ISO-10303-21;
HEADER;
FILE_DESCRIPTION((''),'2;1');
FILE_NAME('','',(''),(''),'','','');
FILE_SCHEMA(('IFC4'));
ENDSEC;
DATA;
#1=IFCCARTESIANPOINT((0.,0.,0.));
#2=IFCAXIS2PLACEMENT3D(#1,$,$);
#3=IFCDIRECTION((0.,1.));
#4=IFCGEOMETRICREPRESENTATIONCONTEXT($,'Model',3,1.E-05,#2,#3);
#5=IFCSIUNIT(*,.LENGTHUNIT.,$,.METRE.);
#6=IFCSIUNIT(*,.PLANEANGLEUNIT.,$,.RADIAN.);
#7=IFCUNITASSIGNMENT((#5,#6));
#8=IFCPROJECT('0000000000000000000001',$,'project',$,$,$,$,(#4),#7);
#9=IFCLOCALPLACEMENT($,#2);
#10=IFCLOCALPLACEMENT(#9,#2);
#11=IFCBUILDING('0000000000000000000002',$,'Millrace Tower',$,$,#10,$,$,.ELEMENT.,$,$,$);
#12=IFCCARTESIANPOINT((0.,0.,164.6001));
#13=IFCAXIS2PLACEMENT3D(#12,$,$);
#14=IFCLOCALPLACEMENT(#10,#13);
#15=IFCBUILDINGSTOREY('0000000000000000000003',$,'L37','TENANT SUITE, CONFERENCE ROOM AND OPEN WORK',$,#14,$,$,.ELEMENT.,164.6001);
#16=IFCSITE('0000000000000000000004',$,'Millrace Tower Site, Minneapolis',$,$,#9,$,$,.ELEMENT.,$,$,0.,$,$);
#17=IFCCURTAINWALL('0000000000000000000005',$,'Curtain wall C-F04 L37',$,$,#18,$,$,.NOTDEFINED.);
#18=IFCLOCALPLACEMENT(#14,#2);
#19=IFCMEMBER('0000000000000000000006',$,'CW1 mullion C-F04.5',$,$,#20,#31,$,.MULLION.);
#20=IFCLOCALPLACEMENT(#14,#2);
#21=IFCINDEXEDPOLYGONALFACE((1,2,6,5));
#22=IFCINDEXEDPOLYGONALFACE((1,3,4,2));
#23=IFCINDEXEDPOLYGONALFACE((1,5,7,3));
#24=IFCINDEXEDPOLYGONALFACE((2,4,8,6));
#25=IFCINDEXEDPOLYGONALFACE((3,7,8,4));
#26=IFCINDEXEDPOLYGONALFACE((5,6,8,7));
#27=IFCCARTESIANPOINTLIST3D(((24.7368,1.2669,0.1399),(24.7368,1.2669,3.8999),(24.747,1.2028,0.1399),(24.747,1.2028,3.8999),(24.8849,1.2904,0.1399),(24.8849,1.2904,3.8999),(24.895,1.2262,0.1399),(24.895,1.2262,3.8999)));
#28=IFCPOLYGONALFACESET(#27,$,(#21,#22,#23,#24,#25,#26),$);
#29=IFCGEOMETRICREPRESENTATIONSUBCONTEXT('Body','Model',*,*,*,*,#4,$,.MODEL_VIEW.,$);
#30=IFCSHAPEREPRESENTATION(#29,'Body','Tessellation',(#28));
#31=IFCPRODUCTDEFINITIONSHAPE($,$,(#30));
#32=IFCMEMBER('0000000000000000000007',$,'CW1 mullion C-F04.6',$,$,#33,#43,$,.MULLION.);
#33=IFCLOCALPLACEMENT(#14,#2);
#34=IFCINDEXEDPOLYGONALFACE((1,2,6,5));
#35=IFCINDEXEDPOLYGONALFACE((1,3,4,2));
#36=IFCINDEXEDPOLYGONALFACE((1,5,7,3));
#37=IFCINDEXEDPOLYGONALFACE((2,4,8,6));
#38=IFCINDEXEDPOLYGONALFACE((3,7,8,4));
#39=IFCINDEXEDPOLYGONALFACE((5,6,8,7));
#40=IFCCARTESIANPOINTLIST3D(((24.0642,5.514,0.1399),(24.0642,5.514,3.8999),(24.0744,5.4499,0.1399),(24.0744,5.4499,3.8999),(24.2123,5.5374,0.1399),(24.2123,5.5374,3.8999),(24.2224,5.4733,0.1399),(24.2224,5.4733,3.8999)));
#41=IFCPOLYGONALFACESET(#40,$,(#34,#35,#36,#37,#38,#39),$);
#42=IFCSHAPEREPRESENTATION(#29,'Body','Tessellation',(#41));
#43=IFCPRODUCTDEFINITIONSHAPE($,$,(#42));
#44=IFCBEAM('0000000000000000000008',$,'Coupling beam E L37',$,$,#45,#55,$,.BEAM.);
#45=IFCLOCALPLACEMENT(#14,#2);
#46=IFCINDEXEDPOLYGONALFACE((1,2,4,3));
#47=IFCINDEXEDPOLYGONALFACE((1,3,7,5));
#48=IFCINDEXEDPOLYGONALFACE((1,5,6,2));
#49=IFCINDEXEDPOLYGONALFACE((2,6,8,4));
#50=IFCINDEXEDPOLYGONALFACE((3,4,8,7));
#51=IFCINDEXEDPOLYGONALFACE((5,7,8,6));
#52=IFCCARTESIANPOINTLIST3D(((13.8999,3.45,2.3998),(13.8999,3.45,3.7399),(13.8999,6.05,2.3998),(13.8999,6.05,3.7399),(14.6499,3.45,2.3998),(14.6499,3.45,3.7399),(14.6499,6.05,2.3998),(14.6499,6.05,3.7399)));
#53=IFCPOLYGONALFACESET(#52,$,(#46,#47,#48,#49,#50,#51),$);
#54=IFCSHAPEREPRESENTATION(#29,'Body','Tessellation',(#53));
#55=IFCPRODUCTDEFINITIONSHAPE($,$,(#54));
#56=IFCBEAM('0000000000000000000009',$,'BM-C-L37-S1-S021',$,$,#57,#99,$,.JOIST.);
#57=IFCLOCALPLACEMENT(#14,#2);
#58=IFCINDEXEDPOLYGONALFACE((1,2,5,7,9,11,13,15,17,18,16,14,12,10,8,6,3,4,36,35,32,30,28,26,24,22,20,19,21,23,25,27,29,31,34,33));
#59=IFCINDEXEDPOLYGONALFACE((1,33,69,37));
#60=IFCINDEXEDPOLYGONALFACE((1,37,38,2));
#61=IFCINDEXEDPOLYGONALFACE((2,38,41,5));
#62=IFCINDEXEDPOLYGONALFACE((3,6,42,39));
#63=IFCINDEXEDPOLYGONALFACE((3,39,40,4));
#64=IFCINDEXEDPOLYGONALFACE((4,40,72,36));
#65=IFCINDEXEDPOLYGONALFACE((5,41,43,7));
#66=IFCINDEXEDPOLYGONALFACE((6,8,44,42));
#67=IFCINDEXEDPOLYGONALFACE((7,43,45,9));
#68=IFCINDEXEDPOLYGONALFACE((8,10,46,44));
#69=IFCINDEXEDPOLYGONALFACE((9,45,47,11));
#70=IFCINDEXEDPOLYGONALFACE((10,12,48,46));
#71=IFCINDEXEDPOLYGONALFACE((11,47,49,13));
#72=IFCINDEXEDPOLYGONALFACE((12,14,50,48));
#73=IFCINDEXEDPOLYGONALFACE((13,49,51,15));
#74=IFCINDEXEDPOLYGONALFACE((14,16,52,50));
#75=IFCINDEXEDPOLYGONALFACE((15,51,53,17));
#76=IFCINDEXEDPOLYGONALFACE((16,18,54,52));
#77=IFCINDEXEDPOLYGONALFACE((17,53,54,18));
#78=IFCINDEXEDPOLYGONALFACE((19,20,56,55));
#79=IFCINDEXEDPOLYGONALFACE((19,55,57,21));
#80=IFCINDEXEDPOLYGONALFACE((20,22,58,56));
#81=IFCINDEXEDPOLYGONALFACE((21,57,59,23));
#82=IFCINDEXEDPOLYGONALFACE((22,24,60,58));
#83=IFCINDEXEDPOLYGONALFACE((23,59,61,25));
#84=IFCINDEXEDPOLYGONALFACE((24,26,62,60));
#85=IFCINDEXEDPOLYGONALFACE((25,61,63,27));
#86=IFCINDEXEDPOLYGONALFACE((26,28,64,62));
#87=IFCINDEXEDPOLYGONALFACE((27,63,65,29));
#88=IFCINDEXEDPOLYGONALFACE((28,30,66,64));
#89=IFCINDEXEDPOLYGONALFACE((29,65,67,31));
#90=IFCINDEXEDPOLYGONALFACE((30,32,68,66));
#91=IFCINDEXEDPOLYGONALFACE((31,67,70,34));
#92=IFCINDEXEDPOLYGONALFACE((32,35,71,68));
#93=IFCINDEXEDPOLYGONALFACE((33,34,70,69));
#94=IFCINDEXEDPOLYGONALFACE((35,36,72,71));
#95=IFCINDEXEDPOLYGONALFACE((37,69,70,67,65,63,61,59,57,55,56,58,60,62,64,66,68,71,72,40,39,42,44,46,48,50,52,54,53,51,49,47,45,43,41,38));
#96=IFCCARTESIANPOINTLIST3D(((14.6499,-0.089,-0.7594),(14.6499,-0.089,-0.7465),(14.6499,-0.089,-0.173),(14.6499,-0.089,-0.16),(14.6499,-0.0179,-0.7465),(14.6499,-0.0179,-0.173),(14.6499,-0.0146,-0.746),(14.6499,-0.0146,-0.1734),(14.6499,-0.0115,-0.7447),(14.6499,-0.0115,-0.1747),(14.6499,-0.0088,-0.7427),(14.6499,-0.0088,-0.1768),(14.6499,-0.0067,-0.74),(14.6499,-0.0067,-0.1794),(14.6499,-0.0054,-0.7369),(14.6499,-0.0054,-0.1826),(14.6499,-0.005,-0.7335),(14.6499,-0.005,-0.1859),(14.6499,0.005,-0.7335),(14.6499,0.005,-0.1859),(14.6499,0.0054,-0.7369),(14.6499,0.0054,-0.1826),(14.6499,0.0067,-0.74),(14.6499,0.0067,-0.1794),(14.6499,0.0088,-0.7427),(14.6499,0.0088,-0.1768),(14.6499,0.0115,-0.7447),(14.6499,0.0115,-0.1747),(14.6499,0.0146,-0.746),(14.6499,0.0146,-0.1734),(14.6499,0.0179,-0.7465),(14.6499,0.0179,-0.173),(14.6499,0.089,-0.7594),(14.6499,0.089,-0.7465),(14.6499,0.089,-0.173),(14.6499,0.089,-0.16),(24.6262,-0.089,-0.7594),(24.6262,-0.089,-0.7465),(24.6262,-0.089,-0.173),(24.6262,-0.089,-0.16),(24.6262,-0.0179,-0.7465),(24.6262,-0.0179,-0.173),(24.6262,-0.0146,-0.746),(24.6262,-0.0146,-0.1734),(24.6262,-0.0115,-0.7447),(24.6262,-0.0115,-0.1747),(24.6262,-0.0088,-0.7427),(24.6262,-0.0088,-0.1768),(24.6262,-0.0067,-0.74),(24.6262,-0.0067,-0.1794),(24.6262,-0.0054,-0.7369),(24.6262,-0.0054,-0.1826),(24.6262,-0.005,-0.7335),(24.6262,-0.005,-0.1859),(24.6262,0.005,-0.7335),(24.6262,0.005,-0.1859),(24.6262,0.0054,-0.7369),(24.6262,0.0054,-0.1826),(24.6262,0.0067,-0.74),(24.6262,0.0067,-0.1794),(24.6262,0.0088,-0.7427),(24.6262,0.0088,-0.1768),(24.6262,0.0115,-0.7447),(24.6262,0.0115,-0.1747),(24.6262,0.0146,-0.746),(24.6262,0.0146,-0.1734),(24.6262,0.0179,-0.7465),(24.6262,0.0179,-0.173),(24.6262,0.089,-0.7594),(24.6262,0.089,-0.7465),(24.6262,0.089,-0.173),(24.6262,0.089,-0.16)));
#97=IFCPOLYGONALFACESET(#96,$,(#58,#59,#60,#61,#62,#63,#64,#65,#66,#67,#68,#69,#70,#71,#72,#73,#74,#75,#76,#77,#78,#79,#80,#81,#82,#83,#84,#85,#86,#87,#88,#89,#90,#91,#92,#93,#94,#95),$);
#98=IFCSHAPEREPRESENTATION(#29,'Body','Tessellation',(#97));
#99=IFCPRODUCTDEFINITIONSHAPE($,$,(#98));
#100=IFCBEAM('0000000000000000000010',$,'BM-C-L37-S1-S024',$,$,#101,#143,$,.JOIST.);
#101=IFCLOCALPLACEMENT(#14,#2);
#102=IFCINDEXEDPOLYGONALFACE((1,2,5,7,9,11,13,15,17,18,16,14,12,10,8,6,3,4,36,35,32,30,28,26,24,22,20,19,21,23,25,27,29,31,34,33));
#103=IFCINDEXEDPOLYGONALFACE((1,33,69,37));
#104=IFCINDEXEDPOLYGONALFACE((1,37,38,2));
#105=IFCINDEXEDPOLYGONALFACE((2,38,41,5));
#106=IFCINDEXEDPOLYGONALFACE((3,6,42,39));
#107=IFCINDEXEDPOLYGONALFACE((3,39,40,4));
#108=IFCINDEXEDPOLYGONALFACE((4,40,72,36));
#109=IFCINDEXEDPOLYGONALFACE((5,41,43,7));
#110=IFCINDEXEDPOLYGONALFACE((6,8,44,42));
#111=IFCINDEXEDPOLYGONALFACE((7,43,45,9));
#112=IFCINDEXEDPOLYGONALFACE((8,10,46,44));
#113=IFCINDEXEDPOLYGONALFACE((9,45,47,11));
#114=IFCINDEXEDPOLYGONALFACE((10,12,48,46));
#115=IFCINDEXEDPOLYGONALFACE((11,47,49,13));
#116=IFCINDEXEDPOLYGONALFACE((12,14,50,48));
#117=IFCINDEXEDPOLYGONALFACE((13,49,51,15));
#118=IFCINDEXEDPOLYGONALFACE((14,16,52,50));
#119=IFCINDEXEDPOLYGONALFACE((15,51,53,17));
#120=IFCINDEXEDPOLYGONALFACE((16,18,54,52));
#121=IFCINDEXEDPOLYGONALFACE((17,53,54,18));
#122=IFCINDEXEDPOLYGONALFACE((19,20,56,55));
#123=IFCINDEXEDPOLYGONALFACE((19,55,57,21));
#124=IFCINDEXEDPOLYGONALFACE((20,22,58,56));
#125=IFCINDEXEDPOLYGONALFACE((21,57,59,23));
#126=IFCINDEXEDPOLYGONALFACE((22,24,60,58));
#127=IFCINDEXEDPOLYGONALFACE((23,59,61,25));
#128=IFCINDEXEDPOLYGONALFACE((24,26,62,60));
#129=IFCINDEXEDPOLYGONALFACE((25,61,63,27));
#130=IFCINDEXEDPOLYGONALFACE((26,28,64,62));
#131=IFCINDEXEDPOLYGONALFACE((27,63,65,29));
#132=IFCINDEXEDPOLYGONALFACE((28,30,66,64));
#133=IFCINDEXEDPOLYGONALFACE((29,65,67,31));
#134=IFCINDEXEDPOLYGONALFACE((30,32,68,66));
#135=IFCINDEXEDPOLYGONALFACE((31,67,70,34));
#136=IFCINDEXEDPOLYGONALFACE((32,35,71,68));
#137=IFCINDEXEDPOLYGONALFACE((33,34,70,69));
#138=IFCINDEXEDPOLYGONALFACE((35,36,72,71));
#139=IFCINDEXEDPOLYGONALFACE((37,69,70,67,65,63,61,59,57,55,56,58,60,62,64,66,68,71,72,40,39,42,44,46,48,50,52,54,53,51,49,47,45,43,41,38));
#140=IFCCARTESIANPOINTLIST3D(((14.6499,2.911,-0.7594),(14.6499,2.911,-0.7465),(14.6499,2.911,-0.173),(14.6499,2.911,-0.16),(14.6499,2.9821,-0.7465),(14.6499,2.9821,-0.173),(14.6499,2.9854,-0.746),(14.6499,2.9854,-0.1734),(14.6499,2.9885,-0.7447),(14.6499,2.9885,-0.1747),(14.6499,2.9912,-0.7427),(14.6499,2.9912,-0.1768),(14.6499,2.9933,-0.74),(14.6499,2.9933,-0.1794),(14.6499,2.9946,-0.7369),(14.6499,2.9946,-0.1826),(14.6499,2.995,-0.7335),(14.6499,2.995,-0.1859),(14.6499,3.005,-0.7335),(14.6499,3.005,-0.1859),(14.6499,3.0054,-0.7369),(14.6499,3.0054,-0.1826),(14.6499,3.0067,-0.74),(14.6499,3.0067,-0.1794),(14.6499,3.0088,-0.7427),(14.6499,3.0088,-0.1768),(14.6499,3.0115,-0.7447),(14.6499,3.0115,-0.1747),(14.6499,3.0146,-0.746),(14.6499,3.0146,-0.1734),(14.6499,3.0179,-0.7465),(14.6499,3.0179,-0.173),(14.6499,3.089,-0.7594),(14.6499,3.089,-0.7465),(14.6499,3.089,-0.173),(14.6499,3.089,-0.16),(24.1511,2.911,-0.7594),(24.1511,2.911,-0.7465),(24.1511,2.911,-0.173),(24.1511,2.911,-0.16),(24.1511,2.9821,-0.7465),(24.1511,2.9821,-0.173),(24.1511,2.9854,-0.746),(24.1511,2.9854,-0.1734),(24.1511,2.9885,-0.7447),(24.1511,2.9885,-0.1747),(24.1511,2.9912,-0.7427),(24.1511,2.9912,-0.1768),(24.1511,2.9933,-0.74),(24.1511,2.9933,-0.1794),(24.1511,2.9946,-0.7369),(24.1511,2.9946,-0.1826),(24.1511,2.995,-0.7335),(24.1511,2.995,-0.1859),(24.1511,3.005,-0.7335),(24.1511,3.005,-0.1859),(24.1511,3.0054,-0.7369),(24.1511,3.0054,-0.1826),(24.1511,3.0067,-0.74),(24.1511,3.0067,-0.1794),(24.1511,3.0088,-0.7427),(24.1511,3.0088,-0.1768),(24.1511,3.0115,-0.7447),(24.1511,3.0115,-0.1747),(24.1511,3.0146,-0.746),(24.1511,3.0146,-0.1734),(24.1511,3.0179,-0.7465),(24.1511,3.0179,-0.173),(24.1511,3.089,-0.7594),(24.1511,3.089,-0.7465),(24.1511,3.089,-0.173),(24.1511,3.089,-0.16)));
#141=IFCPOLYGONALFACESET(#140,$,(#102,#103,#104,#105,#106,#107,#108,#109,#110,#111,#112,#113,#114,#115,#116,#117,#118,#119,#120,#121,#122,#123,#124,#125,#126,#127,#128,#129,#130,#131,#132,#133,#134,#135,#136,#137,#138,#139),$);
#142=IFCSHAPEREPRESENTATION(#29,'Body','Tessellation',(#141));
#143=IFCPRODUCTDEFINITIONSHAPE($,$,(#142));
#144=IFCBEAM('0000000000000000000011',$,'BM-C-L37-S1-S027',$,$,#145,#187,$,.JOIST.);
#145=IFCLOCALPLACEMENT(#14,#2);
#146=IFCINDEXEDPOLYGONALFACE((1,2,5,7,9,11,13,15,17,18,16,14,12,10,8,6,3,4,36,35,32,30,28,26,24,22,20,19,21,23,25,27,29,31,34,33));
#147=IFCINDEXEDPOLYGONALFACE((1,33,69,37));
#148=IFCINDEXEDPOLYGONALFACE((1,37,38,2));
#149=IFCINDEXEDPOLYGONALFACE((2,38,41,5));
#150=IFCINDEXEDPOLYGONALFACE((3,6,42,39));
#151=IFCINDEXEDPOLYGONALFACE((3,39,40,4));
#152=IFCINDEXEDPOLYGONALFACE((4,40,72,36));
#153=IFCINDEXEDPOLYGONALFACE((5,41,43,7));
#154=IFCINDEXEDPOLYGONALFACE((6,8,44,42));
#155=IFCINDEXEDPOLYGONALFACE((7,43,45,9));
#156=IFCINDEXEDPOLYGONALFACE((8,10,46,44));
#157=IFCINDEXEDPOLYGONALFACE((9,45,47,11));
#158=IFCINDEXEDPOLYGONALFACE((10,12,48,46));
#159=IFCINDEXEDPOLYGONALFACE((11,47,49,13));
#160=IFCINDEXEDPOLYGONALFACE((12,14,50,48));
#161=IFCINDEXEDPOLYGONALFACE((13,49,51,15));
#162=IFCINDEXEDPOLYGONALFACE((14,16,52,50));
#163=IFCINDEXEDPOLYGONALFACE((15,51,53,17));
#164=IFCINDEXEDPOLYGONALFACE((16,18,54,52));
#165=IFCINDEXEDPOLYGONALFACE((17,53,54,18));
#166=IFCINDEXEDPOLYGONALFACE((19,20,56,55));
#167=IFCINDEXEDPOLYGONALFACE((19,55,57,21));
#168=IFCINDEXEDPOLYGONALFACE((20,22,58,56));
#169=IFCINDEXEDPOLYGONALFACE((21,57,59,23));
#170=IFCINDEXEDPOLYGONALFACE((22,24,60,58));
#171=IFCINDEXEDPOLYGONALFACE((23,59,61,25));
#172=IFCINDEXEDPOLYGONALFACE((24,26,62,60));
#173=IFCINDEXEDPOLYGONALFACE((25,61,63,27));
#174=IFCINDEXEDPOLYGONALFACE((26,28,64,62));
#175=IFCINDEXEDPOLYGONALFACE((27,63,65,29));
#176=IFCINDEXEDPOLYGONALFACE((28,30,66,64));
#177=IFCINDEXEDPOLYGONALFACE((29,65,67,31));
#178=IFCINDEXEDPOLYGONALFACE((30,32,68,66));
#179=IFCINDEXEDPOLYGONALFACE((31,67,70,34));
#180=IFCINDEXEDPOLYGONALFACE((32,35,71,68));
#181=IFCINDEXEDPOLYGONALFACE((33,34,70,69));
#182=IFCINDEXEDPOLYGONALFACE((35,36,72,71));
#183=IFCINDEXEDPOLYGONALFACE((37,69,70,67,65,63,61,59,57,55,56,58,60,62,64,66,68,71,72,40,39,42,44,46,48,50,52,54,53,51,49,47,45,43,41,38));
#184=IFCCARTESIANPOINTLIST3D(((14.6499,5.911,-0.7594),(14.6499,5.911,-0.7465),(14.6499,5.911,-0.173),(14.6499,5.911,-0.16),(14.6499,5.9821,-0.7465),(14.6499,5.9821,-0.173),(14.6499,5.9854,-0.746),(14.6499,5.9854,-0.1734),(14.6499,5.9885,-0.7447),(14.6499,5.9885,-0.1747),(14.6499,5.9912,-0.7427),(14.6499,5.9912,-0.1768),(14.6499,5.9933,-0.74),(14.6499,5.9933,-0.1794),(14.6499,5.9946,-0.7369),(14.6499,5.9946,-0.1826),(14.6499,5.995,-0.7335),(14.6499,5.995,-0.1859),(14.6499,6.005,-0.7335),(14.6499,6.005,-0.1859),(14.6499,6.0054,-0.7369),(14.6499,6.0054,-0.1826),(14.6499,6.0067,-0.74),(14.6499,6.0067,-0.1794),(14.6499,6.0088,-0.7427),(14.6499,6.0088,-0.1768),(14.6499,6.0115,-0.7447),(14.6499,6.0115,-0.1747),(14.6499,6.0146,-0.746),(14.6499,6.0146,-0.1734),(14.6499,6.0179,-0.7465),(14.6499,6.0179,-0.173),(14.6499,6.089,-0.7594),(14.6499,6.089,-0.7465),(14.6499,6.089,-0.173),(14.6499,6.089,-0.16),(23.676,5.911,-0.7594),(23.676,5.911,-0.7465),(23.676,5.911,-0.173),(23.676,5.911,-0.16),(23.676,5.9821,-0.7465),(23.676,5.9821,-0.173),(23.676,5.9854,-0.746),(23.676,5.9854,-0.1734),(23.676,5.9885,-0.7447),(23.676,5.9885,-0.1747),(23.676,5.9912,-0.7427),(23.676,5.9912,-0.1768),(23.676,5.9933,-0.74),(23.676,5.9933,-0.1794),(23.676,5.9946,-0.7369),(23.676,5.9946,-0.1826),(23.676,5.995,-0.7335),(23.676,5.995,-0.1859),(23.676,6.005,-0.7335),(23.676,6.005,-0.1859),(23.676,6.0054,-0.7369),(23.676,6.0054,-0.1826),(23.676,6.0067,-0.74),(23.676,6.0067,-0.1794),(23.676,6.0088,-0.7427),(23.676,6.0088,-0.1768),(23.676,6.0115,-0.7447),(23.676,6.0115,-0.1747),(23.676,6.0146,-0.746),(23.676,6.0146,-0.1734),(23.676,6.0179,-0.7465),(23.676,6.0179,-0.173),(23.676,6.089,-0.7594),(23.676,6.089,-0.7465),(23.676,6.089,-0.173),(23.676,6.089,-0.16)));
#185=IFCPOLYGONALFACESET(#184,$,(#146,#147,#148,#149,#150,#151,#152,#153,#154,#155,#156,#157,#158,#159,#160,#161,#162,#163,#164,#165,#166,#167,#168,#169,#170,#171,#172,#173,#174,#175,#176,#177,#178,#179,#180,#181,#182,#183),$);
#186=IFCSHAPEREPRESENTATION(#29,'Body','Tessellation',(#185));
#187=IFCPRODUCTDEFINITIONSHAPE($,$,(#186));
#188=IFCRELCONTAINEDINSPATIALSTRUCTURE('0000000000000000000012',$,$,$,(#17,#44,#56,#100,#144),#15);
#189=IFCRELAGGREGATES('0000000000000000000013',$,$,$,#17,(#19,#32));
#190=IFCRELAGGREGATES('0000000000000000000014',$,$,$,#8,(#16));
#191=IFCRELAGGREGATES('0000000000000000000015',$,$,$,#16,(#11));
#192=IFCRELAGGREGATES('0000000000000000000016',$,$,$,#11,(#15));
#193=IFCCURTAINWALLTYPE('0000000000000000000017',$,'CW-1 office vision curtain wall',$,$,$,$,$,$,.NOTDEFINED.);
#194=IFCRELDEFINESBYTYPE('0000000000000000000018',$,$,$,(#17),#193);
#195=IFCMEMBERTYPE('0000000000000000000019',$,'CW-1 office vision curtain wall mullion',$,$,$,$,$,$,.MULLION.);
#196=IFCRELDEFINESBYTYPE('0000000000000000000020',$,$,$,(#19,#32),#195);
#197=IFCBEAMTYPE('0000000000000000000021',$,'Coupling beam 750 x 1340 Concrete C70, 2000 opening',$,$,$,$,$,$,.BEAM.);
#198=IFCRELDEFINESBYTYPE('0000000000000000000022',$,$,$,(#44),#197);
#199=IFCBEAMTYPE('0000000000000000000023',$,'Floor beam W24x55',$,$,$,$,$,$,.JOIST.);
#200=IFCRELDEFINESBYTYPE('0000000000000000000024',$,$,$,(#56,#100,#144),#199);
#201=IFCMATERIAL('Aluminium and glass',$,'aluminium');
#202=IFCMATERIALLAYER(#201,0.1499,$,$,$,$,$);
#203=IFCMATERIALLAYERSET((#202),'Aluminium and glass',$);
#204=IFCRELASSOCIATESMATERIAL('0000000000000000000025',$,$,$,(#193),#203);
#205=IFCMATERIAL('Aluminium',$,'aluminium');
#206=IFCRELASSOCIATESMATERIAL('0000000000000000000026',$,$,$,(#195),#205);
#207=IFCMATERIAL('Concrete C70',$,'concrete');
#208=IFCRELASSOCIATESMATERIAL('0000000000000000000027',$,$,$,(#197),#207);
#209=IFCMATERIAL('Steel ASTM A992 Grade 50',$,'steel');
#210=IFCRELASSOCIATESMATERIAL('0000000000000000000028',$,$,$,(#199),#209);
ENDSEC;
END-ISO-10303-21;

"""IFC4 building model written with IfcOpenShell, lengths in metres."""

from ifc_helpers import new_model, si_unit, direction, frame, origin, origin_2d, place, context, subcontext, project, spatial, rectangle, i_section, extrude, material, layer, layer_set, material_profile, profile_set, type_object, element, aggregate, save


model = new_model("IFC4")

# Units and contexts
model_context = context("Model", 3, precision=1e-05, world=origin(), true_north=direction((0.0, 1.0)))
body_context = subcontext(model_context, "Body", "Model", "MODEL_VIEW")
ifc_project = project(units=[si_unit("LENGTHUNIT", "METRE"), si_unit("PLANEANGLEUNIT", "RADIAN")], contexts=[model_context])

# Site, building, storey
site_placement = place(None, origin())
site = spatial("IfcSite", under=ifc_project, at=site_placement, Name="Millrace Tower Site, Minneapolis", CompositionType="ELEMENT", RefElevation=0.0)
building_placement = place(site_placement, origin())
building = spatial("IfcBuilding", under=site, at=building_placement, Name="Millrace Tower", CompositionType="ELEMENT")
storey_placement = place(building_placement, frame((0.0, 0.0, 164.6001)))
storey = spatial("IfcBuildingStorey", under=building, at=storey_placement, Name="L37", Description="TENANT SUITE, CONFERENCE ROOM AND OPEN WORK", CompositionType="ELEMENT", Elevation=164.6001)

# Curtain wall, members
ifc_material_1 = material(Name="Aluminium and glass", Category="aluminium")
ifc_layer_1 = layer(ifc_material_1, 0.1499)
ifc_layer_set_1 = layer_set([ifc_layer_1], Name="Aluminium and glass")
curtain_wall_type = type_object("IfcCurtainWallType", Name="CW-1 office vision curtain wall", PredefinedType="NOTDEFINED", material=ifc_layer_set_1)
curtain_wall_placement = place(storey_placement, origin())
curtain_wall = element("IfcCurtainWall", 1, at=curtain_wall_placement, inside=storey, type_object=curtain_wall_type, Name="Curtain wall C-F04 L37", PredefinedType="NOTDEFINED")
ifc_material_2 = material(Name="Aluminium", Category="aluminium")
ifc_material_profile_1 = material_profile(ifc_material_2, rectangle(XDim=0.0649, YDim=0.1499, at=origin_2d()))
ifc_profile_set_1 = profile_set([ifc_material_profile_1], Name="Aluminium")
member_type = type_object("IfcMemberType", Name="CW-1 office vision curtain wall mullion", PredefinedType="MULLION", material=ifc_profile_set_1)
member_1_placement = place(storey_placement, frame((24.8159, 1.2466, 0.1399), z_axis=(0.0, 0.0, 1.0), x_axis=(-0.156434, 0.987688, 0.0)))
member_1 = element("IfcMember", 2, at=member_1_placement, type_object=member_type, Name="CW1 mullion C-F04.5", PredefinedType="MULLION", context=body_context, shape_type="SweptSolid", body=[
    extrude(rectangle(XDim=0.0649, YDim=0.1499, at=origin_2d()), origin(), (0.0, 0.0, 1.0), 3.76),
])
member_2_placement = place(storey_placement, frame((24.1433, 5.4937, 0.1399), z_axis=(0.0, 0.0, 1.0), x_axis=(-0.156434, 0.987688, 0.0)))
member_2 = element("IfcMember", 3, at=member_2_placement, type_object=member_type, Name="CW1 mullion C-F04.6", PredefinedType="MULLION", context=body_context, shape_type="SweptSolid", body=[
    extrude(rectangle(XDim=0.0649, YDim=0.1499, at=origin_2d()), origin(), (0.0, 0.0, 1.0), 3.76),
])
aggregate(curtain_wall, [member_1, member_2])

# Beams
ifc_material_3 = material(Name="Concrete C70", Category="concrete")
ifc_material_profile_2 = material_profile(ifc_material_3, rectangle(XDim=0.75, YDim=1.3401, at=origin_2d()))
ifc_profile_set_2 = profile_set([ifc_material_profile_2], Name="Concrete C70")
beam_type_1 = type_object("IfcBeamType", Name="Coupling beam 750 x 1340 Concrete C70, 2000 opening", PredefinedType="BEAM", material=ifc_profile_set_2)
beam_1_placement = place(storey_placement, frame((14.2749, 6.05, 3.0698), z_axis=(0.0, -1.0, 0.0), x_axis=(1.0, 0.0, 0.0)))
element("IfcBeam", 4, at=beam_1_placement, inside=storey, type_object=beam_type_1, Name="Coupling beam E L37", PredefinedType="BEAM", context=body_context, shape_type="SweptSolid", body=[
    extrude(rectangle(XDim=0.75, YDim=1.3401, at=origin_2d()), origin(), (0.0, 0.0, 1.0), 2.6001),
])
ifc_material_4 = material(Name="Steel ASTM A992 Grade 50", Category="steel")
ifc_material_profile_3 = material_profile(ifc_material_4, i_section(OverallWidth=0.178, OverallDepth=0.5994, WebThickness=0.01, FlangeThickness=0.0129, FilletRadius=0.0129, at=origin_2d()))
ifc_profile_set_3 = profile_set([ifc_material_profile_3], Name="Steel ASTM A992 Grade 50")
beam_type_2 = type_object("IfcBeamType", Name="Floor beam W24x55", PredefinedType="JOIST", material=ifc_profile_set_3)
beam_2_placement = place(storey_placement, frame((14.6499, 0.0, -0.4597), z_axis=(1.0, 0.0, 0.0), x_axis=(0.0, 1.0, 0.0)))
element("IfcBeam", 5, at=beam_2_placement, inside=storey, type_object=beam_type_2, Name="BM-C-L37-S1-S021", PredefinedType="JOIST", context=body_context, shape_type="SweptSolid", body=[
    extrude(i_section(OverallWidth=0.178, OverallDepth=0.5994, WebThickness=0.01, FlangeThickness=0.0129, FilletRadius=0.0129, at=origin_2d()), origin(), (0.0, 0.0, 1.0), 9.9763),
])
beam_3_placement = place(storey_placement, frame((14.6499, 3.0, -0.4597), z_axis=(1.0, 0.0, 0.0), x_axis=(0.0, 1.0, 0.0)))
element("IfcBeam", 6, at=beam_3_placement, inside=storey, type_object=beam_type_2, Name="BM-C-L37-S1-S024", PredefinedType="JOIST", context=body_context, shape_type="SweptSolid", body=[
    extrude(i_section(OverallWidth=0.178, OverallDepth=0.5994, WebThickness=0.01, FlangeThickness=0.0129, FilletRadius=0.0129, at=origin_2d()), origin(), (0.0, 0.0, 1.0), 9.5012),
])
beam_4_placement = place(storey_placement, frame((14.6499, 6.0, -0.4597), z_axis=(1.0, 0.0, 0.0), x_axis=(0.0, 1.0, 0.0)))
element("IfcBeam", 7, at=beam_4_placement, inside=storey, type_object=beam_type_2, Name="BM-C-L37-S1-S027", PredefinedType="JOIST", context=body_context, shape_type="SweptSolid", body=[
    extrude(i_section(OverallWidth=0.178, OverallDepth=0.5994, WebThickness=0.01, FlangeThickness=0.0129, FilletRadius=0.0129, at=origin_2d()), origin(), (0.0, 0.0, 1.0), 9.0261),
])

save(model, "model.ifc")
